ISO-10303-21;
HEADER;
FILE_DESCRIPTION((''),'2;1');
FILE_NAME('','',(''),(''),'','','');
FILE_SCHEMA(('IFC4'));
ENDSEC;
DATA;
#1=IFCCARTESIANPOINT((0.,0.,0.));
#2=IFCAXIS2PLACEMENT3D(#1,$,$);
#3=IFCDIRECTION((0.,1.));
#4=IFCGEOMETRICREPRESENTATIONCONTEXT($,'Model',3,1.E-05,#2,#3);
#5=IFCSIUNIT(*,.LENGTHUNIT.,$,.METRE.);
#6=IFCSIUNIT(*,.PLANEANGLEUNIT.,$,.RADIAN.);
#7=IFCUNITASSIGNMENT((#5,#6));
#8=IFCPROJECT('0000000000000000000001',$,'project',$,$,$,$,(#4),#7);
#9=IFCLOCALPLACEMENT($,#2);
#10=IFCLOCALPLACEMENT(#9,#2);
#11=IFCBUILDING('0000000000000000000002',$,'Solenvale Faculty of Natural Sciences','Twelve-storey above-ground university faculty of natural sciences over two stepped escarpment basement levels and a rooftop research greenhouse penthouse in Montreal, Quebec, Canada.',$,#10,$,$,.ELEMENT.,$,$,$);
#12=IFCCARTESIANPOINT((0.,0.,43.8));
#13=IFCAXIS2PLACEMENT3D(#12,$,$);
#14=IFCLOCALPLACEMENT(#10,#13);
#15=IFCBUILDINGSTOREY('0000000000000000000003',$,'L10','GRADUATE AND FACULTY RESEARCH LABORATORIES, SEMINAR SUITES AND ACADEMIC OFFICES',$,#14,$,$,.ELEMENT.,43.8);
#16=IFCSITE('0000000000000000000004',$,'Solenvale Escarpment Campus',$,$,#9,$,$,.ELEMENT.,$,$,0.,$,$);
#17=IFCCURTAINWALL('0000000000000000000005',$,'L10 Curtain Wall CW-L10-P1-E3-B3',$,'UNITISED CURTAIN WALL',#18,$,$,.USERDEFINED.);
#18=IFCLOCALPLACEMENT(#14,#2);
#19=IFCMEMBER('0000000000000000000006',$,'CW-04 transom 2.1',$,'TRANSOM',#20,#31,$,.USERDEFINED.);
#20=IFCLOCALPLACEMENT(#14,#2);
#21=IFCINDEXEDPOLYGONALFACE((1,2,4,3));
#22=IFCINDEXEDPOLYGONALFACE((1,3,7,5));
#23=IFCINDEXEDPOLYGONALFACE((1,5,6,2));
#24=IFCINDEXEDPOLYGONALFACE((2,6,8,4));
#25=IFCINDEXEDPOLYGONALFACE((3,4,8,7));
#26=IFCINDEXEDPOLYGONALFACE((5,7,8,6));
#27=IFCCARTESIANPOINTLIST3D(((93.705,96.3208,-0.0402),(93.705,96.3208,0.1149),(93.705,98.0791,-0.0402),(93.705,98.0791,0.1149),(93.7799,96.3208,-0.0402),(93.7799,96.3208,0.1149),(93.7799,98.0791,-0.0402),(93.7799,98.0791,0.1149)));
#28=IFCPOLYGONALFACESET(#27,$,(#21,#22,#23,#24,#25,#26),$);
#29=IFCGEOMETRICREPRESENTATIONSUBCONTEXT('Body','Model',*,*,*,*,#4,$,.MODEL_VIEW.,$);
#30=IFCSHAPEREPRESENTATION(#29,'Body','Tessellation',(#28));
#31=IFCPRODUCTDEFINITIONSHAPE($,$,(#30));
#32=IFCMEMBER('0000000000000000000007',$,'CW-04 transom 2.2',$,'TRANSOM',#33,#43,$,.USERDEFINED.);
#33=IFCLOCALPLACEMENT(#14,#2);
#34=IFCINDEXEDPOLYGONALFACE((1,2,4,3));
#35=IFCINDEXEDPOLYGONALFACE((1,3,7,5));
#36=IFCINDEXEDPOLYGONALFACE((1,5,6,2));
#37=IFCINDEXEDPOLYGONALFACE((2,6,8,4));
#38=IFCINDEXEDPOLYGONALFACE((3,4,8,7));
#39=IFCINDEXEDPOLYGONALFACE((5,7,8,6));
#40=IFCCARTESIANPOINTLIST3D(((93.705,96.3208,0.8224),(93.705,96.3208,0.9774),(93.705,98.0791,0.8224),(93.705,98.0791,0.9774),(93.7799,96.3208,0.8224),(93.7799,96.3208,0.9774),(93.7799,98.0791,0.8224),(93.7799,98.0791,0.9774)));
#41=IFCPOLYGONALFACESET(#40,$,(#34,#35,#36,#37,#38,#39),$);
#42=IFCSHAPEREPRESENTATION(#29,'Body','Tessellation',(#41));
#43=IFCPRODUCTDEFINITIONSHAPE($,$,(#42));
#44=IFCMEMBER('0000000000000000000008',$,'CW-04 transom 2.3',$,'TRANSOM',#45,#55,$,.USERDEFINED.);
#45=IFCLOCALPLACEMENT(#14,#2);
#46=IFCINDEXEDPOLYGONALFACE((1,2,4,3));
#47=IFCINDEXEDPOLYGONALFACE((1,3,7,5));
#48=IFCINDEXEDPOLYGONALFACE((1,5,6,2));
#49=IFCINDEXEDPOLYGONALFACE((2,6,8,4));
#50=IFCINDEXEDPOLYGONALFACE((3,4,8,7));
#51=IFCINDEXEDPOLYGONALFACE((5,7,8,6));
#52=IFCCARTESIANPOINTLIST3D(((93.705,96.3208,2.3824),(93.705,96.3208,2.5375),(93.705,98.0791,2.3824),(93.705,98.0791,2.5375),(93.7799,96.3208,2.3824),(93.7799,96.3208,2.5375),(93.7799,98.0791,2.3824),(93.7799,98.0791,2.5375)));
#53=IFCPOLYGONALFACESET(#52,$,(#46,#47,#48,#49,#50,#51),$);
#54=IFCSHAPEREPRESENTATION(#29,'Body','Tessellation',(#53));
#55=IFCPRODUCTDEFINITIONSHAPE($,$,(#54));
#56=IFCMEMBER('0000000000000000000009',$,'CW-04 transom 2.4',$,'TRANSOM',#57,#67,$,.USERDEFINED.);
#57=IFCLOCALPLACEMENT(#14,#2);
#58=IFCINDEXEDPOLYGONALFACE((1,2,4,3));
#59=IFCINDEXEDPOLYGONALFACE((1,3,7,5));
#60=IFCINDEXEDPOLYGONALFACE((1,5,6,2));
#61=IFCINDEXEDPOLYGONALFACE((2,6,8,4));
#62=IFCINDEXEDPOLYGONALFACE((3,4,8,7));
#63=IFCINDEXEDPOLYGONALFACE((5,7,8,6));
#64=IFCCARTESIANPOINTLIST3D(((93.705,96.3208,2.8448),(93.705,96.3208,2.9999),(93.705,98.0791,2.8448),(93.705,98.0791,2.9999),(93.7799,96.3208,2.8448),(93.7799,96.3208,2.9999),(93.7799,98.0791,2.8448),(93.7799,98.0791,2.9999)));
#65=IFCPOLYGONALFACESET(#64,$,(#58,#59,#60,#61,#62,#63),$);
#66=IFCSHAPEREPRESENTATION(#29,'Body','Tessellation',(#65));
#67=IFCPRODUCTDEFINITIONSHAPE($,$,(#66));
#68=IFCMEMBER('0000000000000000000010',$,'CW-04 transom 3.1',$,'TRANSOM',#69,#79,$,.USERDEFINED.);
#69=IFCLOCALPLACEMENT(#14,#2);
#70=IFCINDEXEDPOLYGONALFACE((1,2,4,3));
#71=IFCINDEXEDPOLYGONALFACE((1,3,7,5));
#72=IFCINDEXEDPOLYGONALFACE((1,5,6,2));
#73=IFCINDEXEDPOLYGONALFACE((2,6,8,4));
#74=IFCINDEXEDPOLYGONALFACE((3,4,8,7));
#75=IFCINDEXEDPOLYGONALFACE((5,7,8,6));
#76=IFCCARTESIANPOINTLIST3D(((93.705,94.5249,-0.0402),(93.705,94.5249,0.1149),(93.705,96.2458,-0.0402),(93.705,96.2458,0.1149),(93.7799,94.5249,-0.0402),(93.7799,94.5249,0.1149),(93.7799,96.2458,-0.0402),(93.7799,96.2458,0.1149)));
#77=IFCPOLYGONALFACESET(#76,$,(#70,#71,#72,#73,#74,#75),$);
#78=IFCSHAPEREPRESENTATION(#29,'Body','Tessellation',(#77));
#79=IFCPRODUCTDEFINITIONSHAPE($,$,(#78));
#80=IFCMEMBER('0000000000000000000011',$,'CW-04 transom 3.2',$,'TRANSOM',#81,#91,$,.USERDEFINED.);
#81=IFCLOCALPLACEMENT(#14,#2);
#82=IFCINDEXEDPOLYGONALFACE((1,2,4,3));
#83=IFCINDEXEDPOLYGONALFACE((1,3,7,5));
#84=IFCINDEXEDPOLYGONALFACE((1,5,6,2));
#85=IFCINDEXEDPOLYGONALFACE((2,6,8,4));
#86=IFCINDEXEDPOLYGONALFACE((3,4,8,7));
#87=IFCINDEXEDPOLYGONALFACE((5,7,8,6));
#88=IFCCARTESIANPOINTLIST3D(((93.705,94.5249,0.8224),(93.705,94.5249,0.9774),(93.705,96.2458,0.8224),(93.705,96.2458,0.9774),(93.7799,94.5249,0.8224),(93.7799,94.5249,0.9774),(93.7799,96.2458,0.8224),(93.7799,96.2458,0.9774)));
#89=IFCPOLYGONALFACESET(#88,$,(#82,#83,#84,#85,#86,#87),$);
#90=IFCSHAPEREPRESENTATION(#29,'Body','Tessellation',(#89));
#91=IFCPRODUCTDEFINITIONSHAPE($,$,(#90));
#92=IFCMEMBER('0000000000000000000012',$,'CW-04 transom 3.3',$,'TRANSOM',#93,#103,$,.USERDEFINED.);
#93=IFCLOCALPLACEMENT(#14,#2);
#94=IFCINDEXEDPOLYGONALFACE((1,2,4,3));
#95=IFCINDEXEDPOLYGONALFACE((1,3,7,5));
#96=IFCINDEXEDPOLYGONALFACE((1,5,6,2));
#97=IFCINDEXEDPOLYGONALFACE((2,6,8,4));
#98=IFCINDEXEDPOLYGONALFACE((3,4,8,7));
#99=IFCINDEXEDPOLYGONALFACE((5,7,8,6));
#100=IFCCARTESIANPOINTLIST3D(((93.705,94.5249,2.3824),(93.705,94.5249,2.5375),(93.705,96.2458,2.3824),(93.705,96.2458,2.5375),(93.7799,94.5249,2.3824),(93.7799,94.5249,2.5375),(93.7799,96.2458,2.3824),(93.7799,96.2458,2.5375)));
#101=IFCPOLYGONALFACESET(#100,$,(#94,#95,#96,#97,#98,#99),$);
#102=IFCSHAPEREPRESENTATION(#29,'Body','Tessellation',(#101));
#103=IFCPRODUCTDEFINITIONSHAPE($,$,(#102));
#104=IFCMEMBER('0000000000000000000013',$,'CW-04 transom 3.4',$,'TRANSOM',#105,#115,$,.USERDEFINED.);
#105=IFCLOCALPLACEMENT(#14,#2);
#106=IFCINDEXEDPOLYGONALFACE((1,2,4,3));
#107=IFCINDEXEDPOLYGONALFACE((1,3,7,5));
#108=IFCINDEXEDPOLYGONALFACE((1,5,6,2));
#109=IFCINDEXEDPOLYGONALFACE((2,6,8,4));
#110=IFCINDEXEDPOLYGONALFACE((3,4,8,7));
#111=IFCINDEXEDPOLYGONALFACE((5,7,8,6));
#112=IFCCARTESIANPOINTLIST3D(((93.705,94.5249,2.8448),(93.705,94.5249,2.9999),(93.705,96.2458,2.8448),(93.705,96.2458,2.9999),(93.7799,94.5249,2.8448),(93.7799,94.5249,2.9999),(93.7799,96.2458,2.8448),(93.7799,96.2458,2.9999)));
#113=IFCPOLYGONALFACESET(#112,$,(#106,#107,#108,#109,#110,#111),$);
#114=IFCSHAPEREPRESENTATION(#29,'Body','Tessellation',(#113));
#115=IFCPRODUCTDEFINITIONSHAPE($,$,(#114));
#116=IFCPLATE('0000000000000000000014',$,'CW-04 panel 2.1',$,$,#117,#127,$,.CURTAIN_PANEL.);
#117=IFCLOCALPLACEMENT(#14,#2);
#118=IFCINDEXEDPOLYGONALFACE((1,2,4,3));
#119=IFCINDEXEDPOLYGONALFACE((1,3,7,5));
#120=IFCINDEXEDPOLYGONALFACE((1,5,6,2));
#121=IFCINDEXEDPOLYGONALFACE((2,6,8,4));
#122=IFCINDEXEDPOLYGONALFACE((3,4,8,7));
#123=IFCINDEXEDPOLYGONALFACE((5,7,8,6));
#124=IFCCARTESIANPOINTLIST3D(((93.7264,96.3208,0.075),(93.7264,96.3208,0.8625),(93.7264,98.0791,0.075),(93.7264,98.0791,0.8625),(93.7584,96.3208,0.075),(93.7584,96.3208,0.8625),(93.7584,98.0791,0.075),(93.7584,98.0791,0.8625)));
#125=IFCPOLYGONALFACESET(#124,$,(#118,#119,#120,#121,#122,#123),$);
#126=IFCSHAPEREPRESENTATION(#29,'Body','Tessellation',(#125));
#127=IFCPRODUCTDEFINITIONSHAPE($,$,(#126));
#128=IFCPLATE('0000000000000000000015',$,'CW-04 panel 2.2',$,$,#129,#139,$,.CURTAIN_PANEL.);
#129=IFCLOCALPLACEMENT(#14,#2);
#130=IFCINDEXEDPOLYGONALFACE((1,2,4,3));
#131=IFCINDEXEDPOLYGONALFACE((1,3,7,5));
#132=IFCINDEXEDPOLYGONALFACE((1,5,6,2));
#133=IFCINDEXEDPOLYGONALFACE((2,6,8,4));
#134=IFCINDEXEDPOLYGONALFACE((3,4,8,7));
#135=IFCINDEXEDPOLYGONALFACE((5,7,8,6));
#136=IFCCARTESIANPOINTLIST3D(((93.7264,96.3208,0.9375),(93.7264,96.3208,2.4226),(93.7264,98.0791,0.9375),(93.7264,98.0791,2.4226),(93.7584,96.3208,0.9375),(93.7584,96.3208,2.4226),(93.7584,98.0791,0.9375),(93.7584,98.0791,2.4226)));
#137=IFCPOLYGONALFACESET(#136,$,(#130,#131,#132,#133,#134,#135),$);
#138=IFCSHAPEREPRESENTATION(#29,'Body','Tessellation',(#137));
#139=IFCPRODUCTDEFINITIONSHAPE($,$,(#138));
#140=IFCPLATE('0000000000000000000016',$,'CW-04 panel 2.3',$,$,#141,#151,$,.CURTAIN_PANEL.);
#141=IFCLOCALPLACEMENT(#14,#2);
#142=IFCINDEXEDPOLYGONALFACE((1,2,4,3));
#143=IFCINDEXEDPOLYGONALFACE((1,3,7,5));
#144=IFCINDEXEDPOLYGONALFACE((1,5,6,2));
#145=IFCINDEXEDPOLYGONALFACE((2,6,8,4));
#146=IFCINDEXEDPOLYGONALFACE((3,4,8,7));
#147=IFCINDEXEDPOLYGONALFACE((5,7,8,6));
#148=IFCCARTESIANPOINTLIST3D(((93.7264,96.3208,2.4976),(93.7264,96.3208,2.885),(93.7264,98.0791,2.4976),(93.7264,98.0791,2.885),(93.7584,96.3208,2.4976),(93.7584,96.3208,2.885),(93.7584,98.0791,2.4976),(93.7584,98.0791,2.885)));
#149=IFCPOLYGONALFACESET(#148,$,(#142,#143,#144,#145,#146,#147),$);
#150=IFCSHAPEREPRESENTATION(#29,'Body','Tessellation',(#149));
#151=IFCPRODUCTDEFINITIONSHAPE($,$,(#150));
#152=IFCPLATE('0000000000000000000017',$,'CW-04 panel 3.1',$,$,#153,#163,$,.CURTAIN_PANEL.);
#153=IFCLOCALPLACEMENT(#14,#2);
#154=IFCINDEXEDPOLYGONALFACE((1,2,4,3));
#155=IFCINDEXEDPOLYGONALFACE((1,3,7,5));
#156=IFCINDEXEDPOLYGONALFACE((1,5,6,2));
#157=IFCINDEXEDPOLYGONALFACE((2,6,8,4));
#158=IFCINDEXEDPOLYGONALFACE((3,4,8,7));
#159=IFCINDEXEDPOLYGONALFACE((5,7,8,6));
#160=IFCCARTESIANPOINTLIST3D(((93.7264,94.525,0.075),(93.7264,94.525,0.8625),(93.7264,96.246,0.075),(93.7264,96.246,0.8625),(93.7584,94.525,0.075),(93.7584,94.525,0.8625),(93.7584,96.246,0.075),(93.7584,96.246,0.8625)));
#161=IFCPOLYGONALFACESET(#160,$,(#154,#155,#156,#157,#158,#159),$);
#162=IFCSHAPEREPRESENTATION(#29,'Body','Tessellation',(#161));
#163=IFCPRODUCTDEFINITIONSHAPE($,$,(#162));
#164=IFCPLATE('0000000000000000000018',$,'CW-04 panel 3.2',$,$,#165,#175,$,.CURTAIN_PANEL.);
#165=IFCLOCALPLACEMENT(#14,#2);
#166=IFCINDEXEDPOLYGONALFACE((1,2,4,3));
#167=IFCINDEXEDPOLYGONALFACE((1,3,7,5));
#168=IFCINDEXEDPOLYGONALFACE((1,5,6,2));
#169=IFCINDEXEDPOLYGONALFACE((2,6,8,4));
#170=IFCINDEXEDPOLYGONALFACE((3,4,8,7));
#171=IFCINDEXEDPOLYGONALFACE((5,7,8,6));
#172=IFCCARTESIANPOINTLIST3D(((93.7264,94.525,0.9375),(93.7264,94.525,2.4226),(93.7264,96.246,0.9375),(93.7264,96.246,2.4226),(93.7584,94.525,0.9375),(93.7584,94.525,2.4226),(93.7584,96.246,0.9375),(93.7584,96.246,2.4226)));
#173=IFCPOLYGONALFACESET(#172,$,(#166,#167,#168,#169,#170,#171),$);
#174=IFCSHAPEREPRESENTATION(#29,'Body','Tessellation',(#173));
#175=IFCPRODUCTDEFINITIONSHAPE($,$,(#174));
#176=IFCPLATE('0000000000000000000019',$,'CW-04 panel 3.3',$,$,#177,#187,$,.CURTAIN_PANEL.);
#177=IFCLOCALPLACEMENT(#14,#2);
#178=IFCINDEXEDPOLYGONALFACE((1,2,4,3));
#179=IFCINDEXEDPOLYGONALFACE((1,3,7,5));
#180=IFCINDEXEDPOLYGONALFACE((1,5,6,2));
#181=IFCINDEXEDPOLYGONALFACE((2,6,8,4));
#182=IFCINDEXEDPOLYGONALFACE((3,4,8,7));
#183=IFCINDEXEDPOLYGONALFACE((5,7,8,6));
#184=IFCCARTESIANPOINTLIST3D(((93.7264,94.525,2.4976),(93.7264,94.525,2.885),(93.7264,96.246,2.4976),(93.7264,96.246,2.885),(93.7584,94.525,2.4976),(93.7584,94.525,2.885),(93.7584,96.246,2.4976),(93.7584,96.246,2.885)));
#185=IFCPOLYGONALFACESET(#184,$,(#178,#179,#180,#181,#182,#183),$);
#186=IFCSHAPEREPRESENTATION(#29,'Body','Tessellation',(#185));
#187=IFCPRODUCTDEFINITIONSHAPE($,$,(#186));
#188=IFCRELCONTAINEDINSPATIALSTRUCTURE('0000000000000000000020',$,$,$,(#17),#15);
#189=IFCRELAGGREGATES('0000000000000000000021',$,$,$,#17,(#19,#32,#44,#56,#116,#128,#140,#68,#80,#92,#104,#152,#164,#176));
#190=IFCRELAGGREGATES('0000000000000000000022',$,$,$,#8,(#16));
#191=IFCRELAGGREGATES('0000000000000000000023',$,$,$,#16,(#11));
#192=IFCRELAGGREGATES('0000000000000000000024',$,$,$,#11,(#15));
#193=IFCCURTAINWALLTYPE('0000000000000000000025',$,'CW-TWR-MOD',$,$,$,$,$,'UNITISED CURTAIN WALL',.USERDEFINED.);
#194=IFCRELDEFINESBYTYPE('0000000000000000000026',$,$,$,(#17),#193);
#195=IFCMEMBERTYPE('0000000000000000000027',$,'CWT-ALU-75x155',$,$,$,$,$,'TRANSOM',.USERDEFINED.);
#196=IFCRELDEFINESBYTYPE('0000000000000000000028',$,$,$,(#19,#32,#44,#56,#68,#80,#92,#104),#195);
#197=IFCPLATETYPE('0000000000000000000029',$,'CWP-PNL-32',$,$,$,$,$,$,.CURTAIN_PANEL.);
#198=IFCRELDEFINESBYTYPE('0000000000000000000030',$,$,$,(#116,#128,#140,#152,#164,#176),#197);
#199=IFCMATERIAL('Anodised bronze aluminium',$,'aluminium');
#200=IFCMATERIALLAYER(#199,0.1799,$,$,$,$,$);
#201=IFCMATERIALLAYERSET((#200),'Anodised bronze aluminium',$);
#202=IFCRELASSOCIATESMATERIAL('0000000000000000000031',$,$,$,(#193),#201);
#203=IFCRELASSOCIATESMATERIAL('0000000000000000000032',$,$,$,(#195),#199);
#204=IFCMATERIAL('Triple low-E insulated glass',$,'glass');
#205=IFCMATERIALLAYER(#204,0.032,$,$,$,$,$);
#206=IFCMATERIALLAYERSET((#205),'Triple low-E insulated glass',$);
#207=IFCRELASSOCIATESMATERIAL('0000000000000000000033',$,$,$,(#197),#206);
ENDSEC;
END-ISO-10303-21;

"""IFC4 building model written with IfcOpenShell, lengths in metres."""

from ifc_helpers import new_model, si_unit, direction, frame, origin, origin_2d, place, context, subcontext, project, spatial, rectangle, extrude, material, layer, layer_set, material_profile, profile_set, type_object, element, aggregate, save


model = new_model("IFC4")

# Units and contexts
model_context = context("Model", 3, precision=1e-05, world=origin(), true_north=direction((0.0, 1.0)))
body_context = subcontext(model_context, "Body", "Model", "MODEL_VIEW")
ifc_project = project(units=[si_unit("LENGTHUNIT", "METRE"), si_unit("PLANEANGLEUNIT", "RADIAN")], contexts=[model_context])

# Site, building, storey
site_placement = place(None, origin())
site = spatial("IfcSite", under=ifc_project, at=site_placement, Name="Solenvale Escarpment Campus", CompositionType="ELEMENT", RefElevation=0.0)
building_placement = place(site_placement, origin())
building = spatial("IfcBuilding", under=site, at=building_placement, Name="Solenvale Faculty of Natural Sciences", Description="Twelve-storey above-ground university faculty of natural sciences over two stepped escarpment basement levels and a rooftop research greenhouse penthouse in Montreal, Quebec, Canada.", CompositionType="ELEMENT")
storey_placement = place(building_placement, frame((0.0, 0.0, 43.8)))
storey = spatial("IfcBuildingStorey", under=building, at=storey_placement, Name="L10", Description="GRADUATE AND FACULTY RESEARCH LABORATORIES, SEMINAR SUITES AND ACADEMIC OFFICES", CompositionType="ELEMENT", Elevation=43.8)

# Curtain wall, members, plates
ifc_material_1 = material(Name="Anodised bronze aluminium", Category="aluminium")
ifc_layer_1 = layer(ifc_material_1, 0.1799)
ifc_layer_set_1 = layer_set([ifc_layer_1], Name="Anodised bronze aluminium")
curtain_wall_type = type_object("IfcCurtainWallType", Name="CW-TWR-MOD", ElementType="UNITISED CURTAIN WALL", PredefinedType="USERDEFINED", material=ifc_layer_set_1)
curtain_wall_placement = place(storey_placement, origin())
curtain_wall = element("IfcCurtainWall", 1, at=curtain_wall_placement, inside=storey, type_object=curtain_wall_type, Name="L10 Curtain Wall CW-L10-P1-E3-B3", ObjectType="UNITISED CURTAIN WALL", PredefinedType="USERDEFINED")
ifc_material_profile_1 = material_profile(ifc_material_1, rectangle(XDim=0.075, YDim=0.155, at=origin_2d()), Name="ALU-TRN-75x155")
ifc_profile_set_1 = profile_set([ifc_material_profile_1], Name="Anodised bronze aluminium")
member_type_1 = type_object("IfcMemberType", Name="CWT-ALU-75x155", ElementType="TRANSOM", PredefinedType="USERDEFINED", material=ifc_profile_set_1)
member_1_placement = place(storey_placement, frame((93.7424, 98.0791, 0.0374), z_axis=(0.0, -1.0, 0.0), x_axis=(1.0, 0.0, 0.0)))
member_1 = element("IfcMember", 2, at=member_1_placement, type_object=member_type_1, Name="CW-04 transom 2.1", ObjectType="TRANSOM", PredefinedType="USERDEFINED", context=body_context, shape_type="SweptSolid", body=[
    extrude(rectangle(XDim=0.075, YDim=0.155, at=origin_2d()), origin(), (0.0, 0.0, 1.0), 1.7583),
])
member_2_placement = place(storey_placement, frame((93.7424, 98.0791, 0.8999), z_axis=(0.0, -1.0, 0.0), x_axis=(1.0, 0.0, 0.0)))
member_2 = element("IfcMember", 3, at=member_2_placement, type_object=member_type_1, Name="CW-04 transom 2.2", ObjectType="TRANSOM", PredefinedType="USERDEFINED", context=body_context, shape_type="SweptSolid", body=[
    extrude(rectangle(XDim=0.075, YDim=0.155, at=origin_2d()), origin(), (0.0, 0.0, 1.0), 1.7583),
])
member_3_placement = place(storey_placement, frame((93.7424, 98.0791, 2.46), z_axis=(0.0, -1.0, 0.0), x_axis=(1.0, 0.0, 0.0)))
member_3 = element("IfcMember", 4, at=member_3_placement, type_object=member_type_1, Name="CW-04 transom 2.3", ObjectType="TRANSOM", PredefinedType="USERDEFINED", context=body_context, shape_type="SweptSolid", body=[
    extrude(rectangle(XDim=0.075, YDim=0.155, at=origin_2d()), origin(), (0.0, 0.0, 1.0), 1.7583),
])
member_4_placement = place(storey_placement, frame((93.7424, 98.0791, 2.9224), z_axis=(0.0, -1.0, 0.0), x_axis=(1.0, 0.0, 0.0)))
member_4 = element("IfcMember", 5, at=member_4_placement, type_object=member_type_1, Name="CW-04 transom 2.4", ObjectType="TRANSOM", PredefinedType="USERDEFINED", context=body_context, shape_type="SweptSolid", body=[
    extrude(rectangle(XDim=0.075, YDim=0.155, at=origin_2d()), origin(), (0.0, 0.0, 1.0), 1.7583),
])
member_5_placement = place(storey_placement, frame((93.7424, 96.2458, 0.0374), z_axis=(0.0, -1.0, 0.0), x_axis=(1.0, 0.0, 0.0)))
member_5 = element("IfcMember", 6, at=member_5_placement, type_object=member_type_1, Name="CW-04 transom 3.1", ObjectType="TRANSOM", PredefinedType="USERDEFINED", context=body_context, shape_type="SweptSolid", body=[
    extrude(rectangle(XDim=0.075, YDim=0.155, at=origin_2d()), origin(), (0.0, 0.0, 1.0), 1.7209),
])
member_6_placement = place(storey_placement, frame((93.7424, 96.2458, 0.8999), z_axis=(0.0, -1.0, 0.0), x_axis=(1.0, 0.0, 0.0)))
member_6 = element("IfcMember", 7, at=member_6_placement, type_object=member_type_1, Name="CW-04 transom 3.2", ObjectType="TRANSOM", PredefinedType="USERDEFINED", context=body_context, shape_type="SweptSolid", body=[
    extrude(rectangle(XDim=0.075, YDim=0.155, at=origin_2d()), origin(), (0.0, 0.0, 1.0), 1.7209),
])
member_7_placement = place(storey_placement, frame((93.7424, 96.2458, 2.46), z_axis=(0.0, -1.0, 0.0), x_axis=(1.0, 0.0, 0.0)))
member_7 = element("IfcMember", 8, at=member_7_placement, type_object=member_type_1, Name="CW-04 transom 3.3", ObjectType="TRANSOM", PredefinedType="USERDEFINED", context=body_context, shape_type="SweptSolid", body=[
    extrude(rectangle(XDim=0.075, YDim=0.155, at=origin_2d()), origin(), (0.0, 0.0, 1.0), 1.7209),
])
member_8_placement = place(storey_placement, frame((93.7424, 96.2458, 2.9224), z_axis=(0.0, -1.0, 0.0), x_axis=(1.0, 0.0, 0.0)))
member_8 = element("IfcMember", 9, at=member_8_placement, type_object=member_type_1, Name="CW-04 transom 3.4", ObjectType="TRANSOM", PredefinedType="USERDEFINED", context=body_context, shape_type="SweptSolid", body=[
    extrude(rectangle(XDim=0.075, YDim=0.155, at=origin_2d()), origin(), (0.0, 0.0, 1.0), 1.7209),
])
ifc_material_2 = material(Name="Triple low-E insulated glass", Category="glass")
ifc_layer_2 = layer(ifc_material_2, 0.032)
ifc_layer_set_2 = layer_set([ifc_layer_2], Name="Triple low-E insulated glass")
plate_type = type_object("IfcPlateType", Name="CWP-PNL-32", PredefinedType="CURTAIN_PANEL", material=ifc_layer_set_2)
plate_1_placement = place(storey_placement, frame((93.7424, 97.2, 0.075), z_axis=(0.0, 0.0, 1.0), x_axis=(0.0, -1.0, 0.0)))
plate_1 = element("IfcPlate", 10, at=plate_1_placement, type_object=plate_type, Name="CW-04 panel 2.1", PredefinedType="CURTAIN_PANEL", context=body_context, shape_type="SweptSolid", body=[
    extrude(rectangle(XDim=1.7583, YDim=0.032, at=origin_2d()), origin(), (0.0, 0.0, 1.0), 0.7876),
])
plate_2_placement = place(storey_placement, frame((93.7424, 97.2, 0.9375), z_axis=(0.0, 0.0, 1.0), x_axis=(0.0, -1.0, 0.0)))
plate_2 = element("IfcPlate", 11, at=plate_2_placement, type_object=plate_type, Name="CW-04 panel 2.2", PredefinedType="CURTAIN_PANEL", context=body_context, shape_type="SweptSolid", body=[
    extrude(rectangle(XDim=1.7583, YDim=0.032, at=origin_2d()), origin(), (0.0, 0.0, 1.0), 1.4851),
])
plate_3_placement = place(storey_placement, frame((93.7424, 97.2, 2.4976), z_axis=(0.0, 0.0, 1.0), x_axis=(0.0, -1.0, 0.0)))
plate_3 = element("IfcPlate", 12, at=plate_3_placement, type_object=plate_type, Name="CW-04 panel 2.3", PredefinedType="CURTAIN_PANEL", context=body_context, shape_type="SweptSolid", body=[
    extrude(rectangle(XDim=1.7583, YDim=0.032, at=origin_2d()), origin(), (0.0, 0.0, 1.0), 0.3875),
])
plate_4_placement = place(storey_placement, frame((93.7424, 95.3855, 0.075), z_axis=(0.0, 0.0, 1.0), x_axis=(0.0, -1.0, 0.0)))
plate_4 = element("IfcPlate", 13, at=plate_4_placement, type_object=plate_type, Name="CW-04 panel 3.1", PredefinedType="CURTAIN_PANEL", context=body_context, shape_type="SweptSolid", body=[
    extrude(rectangle(XDim=1.7209, YDim=0.032, at=origin_2d()), origin(), (0.0, 0.0, 1.0), 0.7876),
])
plate_5_placement = place(storey_placement, frame((93.7424, 95.3855, 0.9375), z_axis=(0.0, 0.0, 1.0), x_axis=(0.0, -1.0, 0.0)))
plate_5 = element("IfcPlate", 14, at=plate_5_placement, type_object=plate_type, Name="CW-04 panel 3.2", PredefinedType="CURTAIN_PANEL", context=body_context, shape_type="SweptSolid", body=[
    extrude(rectangle(XDim=1.7209, YDim=0.032, at=origin_2d()), origin(), (0.0, 0.0, 1.0), 1.4851),
])
plate_6_placement = place(storey_placement, frame((93.7424, 95.3855, 2.4976), z_axis=(0.0, 0.0, 1.0), x_axis=(0.0, -1.0, 0.0)))
plate_6 = element("IfcPlate", 15, at=plate_6_placement, type_object=plate_type, Name="CW-04 panel 3.3", PredefinedType="CURTAIN_PANEL", context=body_context, shape_type="SweptSolid", body=[
    extrude(rectangle(XDim=1.7209, YDim=0.032, at=origin_2d()), origin(), (0.0, 0.0, 1.0), 0.3875),
])
aggregate(curtain_wall, [member_1, member_2, member_3, member_4, plate_1, plate_2, plate_3, member_5, member_6, member_7, member_8, plate_4, plate_5, plate_6])

save(model, "model.ifc")
